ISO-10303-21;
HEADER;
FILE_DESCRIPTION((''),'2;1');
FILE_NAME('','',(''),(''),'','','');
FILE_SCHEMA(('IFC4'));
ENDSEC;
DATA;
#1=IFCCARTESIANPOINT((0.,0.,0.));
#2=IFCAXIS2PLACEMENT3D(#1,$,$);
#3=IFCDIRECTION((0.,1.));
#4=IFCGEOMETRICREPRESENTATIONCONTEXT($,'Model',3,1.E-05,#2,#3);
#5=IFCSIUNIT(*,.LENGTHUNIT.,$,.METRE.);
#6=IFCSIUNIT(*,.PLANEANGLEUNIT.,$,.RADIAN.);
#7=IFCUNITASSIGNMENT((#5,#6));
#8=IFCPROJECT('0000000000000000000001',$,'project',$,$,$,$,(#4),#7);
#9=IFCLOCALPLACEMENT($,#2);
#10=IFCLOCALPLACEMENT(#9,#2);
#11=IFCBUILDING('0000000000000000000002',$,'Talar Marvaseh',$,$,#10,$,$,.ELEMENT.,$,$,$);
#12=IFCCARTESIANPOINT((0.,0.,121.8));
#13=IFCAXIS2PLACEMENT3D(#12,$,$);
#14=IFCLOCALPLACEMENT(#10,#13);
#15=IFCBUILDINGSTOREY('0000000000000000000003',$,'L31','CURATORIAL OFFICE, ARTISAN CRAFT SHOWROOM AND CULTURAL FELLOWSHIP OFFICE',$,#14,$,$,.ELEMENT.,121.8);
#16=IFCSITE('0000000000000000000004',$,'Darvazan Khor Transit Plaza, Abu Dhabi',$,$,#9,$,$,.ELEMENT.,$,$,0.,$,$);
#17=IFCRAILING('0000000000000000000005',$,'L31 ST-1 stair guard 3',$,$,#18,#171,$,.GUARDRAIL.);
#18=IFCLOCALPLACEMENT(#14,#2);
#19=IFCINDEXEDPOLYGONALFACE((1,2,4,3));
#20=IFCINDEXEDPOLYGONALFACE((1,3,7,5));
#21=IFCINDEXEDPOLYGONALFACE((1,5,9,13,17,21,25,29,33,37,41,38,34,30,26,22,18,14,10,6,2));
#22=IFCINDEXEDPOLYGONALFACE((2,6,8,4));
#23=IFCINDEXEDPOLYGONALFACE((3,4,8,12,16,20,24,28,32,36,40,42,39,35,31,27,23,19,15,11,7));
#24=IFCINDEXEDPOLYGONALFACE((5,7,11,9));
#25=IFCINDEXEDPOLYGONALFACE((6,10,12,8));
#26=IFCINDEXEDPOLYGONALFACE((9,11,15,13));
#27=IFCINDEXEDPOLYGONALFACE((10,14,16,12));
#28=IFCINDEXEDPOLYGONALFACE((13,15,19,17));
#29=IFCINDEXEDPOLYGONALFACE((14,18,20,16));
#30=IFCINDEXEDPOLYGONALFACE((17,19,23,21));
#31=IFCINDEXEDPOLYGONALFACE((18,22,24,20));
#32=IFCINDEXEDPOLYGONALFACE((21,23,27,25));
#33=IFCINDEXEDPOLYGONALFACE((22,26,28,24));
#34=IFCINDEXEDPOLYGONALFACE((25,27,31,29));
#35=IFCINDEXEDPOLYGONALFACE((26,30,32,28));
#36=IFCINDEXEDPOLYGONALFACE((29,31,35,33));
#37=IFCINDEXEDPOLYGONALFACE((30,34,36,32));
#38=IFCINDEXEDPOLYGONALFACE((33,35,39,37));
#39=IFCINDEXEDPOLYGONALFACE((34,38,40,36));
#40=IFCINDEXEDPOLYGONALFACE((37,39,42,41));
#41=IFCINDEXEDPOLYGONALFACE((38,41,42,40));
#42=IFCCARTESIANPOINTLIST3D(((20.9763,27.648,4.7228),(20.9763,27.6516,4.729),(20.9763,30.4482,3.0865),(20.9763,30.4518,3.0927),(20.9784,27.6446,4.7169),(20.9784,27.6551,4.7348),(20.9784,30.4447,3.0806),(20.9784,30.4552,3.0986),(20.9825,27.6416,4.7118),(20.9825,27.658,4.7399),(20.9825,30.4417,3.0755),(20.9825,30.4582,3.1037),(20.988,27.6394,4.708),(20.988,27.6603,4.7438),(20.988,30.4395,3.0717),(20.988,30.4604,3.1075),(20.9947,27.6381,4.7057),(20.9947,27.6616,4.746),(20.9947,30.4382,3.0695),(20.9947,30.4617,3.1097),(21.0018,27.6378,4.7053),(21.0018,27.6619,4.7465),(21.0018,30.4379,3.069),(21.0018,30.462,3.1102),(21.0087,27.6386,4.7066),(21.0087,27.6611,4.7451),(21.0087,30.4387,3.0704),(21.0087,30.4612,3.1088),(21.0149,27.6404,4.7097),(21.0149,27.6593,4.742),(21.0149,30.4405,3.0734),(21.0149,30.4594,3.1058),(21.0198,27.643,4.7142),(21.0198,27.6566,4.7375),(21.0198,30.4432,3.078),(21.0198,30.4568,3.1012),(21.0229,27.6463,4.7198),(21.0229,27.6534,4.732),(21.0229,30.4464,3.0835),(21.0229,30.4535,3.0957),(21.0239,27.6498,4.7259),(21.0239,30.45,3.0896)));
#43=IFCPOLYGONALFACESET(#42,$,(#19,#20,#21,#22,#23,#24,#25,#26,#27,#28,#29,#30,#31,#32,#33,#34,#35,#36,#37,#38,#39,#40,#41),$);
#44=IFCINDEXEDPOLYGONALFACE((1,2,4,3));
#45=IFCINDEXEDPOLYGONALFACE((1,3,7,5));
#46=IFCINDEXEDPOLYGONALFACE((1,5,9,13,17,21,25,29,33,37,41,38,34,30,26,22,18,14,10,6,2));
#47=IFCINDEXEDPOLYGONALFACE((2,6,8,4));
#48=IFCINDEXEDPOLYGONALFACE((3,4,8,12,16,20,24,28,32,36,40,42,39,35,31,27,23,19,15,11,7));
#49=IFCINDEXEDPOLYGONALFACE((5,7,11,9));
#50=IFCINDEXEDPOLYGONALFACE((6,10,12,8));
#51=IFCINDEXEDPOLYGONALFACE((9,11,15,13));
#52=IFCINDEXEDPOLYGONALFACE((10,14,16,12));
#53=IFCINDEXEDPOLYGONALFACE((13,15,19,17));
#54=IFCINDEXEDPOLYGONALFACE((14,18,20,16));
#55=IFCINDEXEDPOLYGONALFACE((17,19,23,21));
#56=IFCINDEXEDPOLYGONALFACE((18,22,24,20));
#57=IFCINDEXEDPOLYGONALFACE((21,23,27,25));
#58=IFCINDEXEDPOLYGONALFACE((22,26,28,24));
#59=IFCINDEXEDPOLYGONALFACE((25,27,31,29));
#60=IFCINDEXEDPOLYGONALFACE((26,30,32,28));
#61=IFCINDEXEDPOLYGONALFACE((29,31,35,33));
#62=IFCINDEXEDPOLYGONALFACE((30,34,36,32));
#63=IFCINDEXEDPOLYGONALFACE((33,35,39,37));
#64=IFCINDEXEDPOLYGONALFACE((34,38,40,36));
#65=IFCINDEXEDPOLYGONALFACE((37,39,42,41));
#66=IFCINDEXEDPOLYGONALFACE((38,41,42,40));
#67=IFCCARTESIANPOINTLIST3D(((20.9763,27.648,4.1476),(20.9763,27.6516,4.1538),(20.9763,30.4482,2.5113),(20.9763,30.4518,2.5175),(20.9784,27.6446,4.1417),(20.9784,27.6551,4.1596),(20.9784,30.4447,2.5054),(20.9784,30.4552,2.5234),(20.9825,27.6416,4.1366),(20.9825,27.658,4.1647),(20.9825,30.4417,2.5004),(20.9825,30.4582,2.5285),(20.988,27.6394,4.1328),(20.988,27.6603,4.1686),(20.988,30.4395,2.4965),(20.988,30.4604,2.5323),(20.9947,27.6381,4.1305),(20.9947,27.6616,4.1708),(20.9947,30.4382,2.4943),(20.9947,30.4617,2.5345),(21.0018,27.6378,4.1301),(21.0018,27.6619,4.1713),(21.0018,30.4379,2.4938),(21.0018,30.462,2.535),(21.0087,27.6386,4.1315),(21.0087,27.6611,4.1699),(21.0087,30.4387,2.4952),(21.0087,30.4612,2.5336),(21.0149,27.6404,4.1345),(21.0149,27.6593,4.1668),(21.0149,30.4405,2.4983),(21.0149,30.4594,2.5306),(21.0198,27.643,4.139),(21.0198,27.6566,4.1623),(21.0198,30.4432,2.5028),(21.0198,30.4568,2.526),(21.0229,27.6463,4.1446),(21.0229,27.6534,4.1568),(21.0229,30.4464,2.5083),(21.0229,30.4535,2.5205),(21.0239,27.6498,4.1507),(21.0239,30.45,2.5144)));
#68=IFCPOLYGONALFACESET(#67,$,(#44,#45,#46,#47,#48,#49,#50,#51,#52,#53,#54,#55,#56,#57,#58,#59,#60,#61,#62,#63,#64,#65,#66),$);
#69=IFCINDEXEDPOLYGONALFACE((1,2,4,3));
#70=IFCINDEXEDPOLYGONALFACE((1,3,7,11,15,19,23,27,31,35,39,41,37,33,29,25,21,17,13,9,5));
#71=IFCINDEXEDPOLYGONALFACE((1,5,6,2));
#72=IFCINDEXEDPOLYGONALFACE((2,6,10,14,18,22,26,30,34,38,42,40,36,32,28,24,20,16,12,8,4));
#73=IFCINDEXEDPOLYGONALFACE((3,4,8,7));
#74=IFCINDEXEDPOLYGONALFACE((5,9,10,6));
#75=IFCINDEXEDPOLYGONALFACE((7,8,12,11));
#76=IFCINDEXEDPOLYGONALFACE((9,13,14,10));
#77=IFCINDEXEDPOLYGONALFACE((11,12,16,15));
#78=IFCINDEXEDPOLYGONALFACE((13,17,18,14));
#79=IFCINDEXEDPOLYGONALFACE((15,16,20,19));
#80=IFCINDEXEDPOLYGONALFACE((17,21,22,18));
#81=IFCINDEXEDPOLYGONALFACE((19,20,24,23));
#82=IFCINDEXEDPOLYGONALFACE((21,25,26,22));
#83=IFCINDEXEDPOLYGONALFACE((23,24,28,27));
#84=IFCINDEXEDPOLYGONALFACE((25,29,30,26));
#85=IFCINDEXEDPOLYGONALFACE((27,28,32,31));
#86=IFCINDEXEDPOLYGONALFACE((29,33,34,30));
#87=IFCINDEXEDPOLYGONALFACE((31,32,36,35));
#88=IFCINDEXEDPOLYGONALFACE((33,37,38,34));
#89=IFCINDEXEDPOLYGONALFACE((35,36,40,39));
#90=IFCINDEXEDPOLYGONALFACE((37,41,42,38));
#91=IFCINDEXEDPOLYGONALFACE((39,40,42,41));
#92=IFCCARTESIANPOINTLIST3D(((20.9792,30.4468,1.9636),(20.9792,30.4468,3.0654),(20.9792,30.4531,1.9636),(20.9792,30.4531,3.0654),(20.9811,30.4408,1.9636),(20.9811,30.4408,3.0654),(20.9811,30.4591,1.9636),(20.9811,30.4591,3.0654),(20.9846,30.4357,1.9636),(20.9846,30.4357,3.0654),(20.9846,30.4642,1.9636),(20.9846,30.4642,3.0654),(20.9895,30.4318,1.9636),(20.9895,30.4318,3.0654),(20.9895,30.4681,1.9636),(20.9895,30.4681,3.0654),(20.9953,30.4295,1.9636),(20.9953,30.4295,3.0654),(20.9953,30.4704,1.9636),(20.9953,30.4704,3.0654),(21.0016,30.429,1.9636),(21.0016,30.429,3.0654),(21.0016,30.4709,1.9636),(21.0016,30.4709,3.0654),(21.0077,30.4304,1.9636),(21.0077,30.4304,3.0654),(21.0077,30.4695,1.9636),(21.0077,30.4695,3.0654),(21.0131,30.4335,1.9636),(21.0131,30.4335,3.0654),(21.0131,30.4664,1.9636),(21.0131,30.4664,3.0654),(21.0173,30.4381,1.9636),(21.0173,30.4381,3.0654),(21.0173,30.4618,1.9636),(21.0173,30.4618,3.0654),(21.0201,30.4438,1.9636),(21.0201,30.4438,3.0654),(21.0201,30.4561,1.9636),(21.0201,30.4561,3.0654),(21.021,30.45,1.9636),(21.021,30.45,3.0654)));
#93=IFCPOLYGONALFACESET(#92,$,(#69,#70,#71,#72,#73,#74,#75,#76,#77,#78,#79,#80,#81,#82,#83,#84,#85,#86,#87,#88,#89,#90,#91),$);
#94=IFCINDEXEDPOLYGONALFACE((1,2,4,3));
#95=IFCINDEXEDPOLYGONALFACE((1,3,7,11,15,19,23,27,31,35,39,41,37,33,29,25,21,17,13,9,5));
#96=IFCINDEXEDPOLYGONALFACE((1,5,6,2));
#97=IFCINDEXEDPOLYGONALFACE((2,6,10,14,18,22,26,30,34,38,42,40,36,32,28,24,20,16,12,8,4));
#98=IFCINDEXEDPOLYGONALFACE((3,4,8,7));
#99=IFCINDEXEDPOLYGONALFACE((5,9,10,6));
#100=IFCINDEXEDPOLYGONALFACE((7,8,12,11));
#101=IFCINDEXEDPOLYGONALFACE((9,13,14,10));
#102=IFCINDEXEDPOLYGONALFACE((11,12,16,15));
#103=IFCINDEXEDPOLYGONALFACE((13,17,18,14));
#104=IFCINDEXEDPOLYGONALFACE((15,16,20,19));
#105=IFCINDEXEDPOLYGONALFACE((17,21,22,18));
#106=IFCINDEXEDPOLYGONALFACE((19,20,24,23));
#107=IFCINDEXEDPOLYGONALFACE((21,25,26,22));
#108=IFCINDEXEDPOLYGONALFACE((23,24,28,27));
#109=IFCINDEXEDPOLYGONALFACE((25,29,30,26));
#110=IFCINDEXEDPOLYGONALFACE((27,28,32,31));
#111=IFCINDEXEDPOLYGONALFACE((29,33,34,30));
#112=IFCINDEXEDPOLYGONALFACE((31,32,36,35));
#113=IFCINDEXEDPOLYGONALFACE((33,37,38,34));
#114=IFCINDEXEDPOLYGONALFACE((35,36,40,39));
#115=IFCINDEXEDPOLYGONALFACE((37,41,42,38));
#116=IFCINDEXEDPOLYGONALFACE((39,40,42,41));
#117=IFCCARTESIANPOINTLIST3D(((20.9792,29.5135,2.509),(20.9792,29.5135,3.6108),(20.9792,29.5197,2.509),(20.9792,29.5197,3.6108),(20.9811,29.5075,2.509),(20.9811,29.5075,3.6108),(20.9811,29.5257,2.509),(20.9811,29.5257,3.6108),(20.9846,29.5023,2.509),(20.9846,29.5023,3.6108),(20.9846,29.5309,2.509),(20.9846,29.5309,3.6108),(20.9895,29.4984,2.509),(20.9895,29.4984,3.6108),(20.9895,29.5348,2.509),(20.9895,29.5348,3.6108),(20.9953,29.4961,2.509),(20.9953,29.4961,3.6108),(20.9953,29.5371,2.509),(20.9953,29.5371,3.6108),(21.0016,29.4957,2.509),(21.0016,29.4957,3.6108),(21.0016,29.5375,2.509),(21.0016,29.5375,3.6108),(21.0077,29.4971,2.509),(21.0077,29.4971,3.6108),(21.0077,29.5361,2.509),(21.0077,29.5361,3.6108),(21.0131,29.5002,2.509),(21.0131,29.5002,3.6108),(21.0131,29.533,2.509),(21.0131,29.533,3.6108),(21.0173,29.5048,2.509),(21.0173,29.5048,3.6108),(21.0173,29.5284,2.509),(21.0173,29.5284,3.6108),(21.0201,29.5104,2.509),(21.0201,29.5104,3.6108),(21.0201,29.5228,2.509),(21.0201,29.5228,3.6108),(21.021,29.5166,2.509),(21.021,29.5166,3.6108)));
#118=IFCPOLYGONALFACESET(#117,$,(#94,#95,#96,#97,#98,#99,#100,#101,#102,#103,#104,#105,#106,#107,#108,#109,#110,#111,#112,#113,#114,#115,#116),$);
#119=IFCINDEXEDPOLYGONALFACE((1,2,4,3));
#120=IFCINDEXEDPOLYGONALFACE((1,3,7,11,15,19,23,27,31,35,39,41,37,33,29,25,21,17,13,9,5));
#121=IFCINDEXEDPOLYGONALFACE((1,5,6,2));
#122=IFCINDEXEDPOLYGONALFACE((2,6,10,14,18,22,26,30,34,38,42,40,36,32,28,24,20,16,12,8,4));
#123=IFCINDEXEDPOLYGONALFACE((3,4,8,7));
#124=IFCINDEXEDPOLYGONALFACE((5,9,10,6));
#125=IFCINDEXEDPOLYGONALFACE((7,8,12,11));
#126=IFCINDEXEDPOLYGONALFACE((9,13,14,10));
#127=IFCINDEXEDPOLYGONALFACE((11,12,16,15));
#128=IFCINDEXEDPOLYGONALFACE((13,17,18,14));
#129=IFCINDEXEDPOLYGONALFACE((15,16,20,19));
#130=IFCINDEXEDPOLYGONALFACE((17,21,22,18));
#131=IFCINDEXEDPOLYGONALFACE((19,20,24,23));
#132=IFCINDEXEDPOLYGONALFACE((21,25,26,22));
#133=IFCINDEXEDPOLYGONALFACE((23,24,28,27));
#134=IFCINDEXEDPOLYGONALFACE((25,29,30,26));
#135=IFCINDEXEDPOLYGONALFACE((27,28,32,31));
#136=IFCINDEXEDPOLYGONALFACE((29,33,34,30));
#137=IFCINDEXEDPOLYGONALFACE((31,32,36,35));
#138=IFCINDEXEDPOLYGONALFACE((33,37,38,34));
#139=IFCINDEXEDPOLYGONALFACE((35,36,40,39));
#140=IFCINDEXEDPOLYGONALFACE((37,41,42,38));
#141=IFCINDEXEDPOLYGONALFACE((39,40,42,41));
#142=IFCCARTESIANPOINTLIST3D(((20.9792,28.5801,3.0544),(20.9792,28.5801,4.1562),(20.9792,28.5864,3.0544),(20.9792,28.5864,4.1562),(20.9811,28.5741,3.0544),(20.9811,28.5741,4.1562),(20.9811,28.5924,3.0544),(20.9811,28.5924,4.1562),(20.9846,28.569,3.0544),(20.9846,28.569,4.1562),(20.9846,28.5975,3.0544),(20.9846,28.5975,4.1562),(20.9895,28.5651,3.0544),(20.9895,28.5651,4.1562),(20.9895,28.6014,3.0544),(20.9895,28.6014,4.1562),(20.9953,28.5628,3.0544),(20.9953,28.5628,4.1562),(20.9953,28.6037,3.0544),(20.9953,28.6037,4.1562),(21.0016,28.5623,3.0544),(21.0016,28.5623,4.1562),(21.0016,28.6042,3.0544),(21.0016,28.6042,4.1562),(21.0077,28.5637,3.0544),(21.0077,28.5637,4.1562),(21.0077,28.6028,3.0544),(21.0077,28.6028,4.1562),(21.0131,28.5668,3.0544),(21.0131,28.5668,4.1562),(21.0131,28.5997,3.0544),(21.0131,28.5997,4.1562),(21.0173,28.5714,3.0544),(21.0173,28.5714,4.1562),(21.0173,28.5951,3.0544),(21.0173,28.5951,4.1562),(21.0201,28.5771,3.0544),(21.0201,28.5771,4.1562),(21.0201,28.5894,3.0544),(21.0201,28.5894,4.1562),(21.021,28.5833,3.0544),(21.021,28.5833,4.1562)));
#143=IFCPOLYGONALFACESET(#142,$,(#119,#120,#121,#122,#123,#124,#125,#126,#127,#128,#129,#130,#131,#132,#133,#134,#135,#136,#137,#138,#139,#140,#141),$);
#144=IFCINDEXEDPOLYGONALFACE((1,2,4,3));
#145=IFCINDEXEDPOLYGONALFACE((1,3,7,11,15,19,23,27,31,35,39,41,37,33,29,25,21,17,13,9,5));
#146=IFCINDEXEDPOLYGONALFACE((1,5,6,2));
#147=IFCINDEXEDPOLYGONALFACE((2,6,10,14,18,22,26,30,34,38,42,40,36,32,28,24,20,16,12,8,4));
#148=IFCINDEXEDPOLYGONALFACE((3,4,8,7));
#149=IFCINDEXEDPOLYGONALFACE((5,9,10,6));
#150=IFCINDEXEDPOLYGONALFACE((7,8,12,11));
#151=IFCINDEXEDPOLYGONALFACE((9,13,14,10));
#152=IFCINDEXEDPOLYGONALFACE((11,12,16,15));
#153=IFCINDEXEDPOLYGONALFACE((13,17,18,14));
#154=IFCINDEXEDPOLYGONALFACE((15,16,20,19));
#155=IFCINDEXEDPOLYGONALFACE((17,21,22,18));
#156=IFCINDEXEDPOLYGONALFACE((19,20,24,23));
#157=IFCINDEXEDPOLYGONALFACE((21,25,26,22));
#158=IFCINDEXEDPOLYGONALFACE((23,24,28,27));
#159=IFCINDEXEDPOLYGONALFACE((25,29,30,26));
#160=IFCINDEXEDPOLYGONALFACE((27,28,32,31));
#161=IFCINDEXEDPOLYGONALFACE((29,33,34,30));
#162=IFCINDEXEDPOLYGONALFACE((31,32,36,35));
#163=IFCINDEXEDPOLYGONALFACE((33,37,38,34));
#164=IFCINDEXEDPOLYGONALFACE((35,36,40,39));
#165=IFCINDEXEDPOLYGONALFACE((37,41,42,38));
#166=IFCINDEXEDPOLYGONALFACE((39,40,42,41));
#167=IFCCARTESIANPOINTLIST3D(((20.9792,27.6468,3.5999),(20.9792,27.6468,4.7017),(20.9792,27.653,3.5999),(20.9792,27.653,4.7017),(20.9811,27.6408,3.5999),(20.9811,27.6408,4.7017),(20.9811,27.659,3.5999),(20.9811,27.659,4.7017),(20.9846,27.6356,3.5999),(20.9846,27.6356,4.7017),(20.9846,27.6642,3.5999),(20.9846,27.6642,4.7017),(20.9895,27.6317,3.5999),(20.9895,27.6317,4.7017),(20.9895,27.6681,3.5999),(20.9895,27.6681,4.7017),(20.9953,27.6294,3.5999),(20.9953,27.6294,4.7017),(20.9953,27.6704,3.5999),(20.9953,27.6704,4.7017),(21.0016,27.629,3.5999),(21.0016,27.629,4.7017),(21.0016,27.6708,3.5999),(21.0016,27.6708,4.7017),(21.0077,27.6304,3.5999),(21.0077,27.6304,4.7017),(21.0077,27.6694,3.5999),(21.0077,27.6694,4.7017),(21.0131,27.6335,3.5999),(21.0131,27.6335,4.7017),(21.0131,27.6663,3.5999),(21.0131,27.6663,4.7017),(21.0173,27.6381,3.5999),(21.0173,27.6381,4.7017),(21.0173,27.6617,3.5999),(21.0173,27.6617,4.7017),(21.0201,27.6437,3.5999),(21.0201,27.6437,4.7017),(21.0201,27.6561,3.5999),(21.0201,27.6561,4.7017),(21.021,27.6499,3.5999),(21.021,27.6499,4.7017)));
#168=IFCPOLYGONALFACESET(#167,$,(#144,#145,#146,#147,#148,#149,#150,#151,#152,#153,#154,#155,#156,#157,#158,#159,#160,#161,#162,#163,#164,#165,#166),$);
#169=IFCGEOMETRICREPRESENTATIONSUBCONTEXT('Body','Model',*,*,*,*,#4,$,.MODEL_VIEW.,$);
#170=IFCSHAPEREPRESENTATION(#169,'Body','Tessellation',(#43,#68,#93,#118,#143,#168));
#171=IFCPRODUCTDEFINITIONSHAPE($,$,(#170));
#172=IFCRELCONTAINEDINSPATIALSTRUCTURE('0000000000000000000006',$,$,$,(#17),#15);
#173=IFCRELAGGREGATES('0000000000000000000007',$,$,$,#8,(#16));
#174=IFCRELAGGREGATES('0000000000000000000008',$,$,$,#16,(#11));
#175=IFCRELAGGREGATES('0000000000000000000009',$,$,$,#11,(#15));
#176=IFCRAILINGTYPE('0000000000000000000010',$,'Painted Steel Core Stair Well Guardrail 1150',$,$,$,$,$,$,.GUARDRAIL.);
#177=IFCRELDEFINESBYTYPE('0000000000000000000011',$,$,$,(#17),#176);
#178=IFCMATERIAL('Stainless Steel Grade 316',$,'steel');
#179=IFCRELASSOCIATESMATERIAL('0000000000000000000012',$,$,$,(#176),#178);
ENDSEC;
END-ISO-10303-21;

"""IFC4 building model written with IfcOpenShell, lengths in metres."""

from ifc_helpers import new_model, si_unit, direction, frame, origin, origin_2d, place, context, subcontext, project, spatial, circle, extrude, material, type_object, element, save


model = new_model("IFC4")

# Units and contexts
model_context = context("Model", 3, precision=1e-05, world=origin(), true_north=direction((0.0, 1.0)))
body_context = subcontext(model_context, "Body", "Model", "MODEL_VIEW")
ifc_project = project(units=[si_unit("LENGTHUNIT", "METRE"), si_unit("PLANEANGLEUNIT", "RADIAN")], contexts=[model_context])

# Site, building, storey
site_placement = place(None, origin())
site = spatial("IfcSite", under=ifc_project, at=site_placement, Name="Darvazan Khor Transit Plaza, Abu Dhabi", CompositionType="ELEMENT", RefElevation=0.0)
building_placement = place(site_placement, origin())
building = spatial("IfcBuilding", under=site, at=building_placement, Name="Talar Marvaseh", CompositionType="ELEMENT")
storey_placement = place(building_placement, frame((0.0, 0.0, 121.8)))
storey = spatial("IfcBuildingStorey", under=building, at=storey_placement, Name="L31", Description="CURATORIAL OFFICE, ARTISAN CRAFT SHOWROOM AND CULTURAL FELLOWSHIP OFFICE", CompositionType="ELEMENT", Elevation=121.8)

# Railing
ifc_material_1 = material(Name="Stainless Steel Grade 316", Category="steel")
railing_type_1 = type_object("IfcRailingType", Name="Painted Steel Core Stair Well Guardrail 1150", PredefinedType="GUARDRAIL", material=ifc_material_1)
railing_1_placement = place(storey_placement, frame((21.0, 30.45, 1.9636)))
element("IfcRailing", 1, at=railing_1_placement, inside=storey, type_object=railing_type_1, Name="L31 ST-1 stair guard 3", PredefinedType="GUARDRAIL", context=body_context, shape_type="SweptSolid", body=[
    extrude(circle(Radius=0.0239, at=origin_2d()), frame((0.0, 0.0, 1.126), z_axis=(0.0, -0.863394, 0.504531), x_axis=(1.0, 0.0, 0.0)), (0.0, 0.0, 1.0), 3.2432),
    extrude(circle(Radius=0.0239, at=origin_2d()), frame((0.0, 0.0, 0.5508), z_axis=(0.0, -0.863394, 0.504531), x_axis=(1.0, 0.0, 0.0)), (0.0, 0.0, 1.0), 3.2432),
    extrude(circle(Radius=0.021, at=origin_2d()), origin(), (0.0, 0.0, 1.0), 1.1018),
    extrude(circle(Radius=0.021, at=origin_2d()), frame((0.0, -0.9333, 0.5454)), (0.0, 0.0, 1.0), 1.1018),
    extrude(circle(Radius=0.021, at=origin_2d()), frame((0.0, -1.8667, 1.0908)), (0.0, 0.0, 1.0), 1.1018),
    extrude(circle(Radius=0.021, at=origin_2d()), frame((0.0, -2.8, 1.6362)), (0.0, 0.0, 1.0), 1.1018),
])

save(model, "model.ifc")
